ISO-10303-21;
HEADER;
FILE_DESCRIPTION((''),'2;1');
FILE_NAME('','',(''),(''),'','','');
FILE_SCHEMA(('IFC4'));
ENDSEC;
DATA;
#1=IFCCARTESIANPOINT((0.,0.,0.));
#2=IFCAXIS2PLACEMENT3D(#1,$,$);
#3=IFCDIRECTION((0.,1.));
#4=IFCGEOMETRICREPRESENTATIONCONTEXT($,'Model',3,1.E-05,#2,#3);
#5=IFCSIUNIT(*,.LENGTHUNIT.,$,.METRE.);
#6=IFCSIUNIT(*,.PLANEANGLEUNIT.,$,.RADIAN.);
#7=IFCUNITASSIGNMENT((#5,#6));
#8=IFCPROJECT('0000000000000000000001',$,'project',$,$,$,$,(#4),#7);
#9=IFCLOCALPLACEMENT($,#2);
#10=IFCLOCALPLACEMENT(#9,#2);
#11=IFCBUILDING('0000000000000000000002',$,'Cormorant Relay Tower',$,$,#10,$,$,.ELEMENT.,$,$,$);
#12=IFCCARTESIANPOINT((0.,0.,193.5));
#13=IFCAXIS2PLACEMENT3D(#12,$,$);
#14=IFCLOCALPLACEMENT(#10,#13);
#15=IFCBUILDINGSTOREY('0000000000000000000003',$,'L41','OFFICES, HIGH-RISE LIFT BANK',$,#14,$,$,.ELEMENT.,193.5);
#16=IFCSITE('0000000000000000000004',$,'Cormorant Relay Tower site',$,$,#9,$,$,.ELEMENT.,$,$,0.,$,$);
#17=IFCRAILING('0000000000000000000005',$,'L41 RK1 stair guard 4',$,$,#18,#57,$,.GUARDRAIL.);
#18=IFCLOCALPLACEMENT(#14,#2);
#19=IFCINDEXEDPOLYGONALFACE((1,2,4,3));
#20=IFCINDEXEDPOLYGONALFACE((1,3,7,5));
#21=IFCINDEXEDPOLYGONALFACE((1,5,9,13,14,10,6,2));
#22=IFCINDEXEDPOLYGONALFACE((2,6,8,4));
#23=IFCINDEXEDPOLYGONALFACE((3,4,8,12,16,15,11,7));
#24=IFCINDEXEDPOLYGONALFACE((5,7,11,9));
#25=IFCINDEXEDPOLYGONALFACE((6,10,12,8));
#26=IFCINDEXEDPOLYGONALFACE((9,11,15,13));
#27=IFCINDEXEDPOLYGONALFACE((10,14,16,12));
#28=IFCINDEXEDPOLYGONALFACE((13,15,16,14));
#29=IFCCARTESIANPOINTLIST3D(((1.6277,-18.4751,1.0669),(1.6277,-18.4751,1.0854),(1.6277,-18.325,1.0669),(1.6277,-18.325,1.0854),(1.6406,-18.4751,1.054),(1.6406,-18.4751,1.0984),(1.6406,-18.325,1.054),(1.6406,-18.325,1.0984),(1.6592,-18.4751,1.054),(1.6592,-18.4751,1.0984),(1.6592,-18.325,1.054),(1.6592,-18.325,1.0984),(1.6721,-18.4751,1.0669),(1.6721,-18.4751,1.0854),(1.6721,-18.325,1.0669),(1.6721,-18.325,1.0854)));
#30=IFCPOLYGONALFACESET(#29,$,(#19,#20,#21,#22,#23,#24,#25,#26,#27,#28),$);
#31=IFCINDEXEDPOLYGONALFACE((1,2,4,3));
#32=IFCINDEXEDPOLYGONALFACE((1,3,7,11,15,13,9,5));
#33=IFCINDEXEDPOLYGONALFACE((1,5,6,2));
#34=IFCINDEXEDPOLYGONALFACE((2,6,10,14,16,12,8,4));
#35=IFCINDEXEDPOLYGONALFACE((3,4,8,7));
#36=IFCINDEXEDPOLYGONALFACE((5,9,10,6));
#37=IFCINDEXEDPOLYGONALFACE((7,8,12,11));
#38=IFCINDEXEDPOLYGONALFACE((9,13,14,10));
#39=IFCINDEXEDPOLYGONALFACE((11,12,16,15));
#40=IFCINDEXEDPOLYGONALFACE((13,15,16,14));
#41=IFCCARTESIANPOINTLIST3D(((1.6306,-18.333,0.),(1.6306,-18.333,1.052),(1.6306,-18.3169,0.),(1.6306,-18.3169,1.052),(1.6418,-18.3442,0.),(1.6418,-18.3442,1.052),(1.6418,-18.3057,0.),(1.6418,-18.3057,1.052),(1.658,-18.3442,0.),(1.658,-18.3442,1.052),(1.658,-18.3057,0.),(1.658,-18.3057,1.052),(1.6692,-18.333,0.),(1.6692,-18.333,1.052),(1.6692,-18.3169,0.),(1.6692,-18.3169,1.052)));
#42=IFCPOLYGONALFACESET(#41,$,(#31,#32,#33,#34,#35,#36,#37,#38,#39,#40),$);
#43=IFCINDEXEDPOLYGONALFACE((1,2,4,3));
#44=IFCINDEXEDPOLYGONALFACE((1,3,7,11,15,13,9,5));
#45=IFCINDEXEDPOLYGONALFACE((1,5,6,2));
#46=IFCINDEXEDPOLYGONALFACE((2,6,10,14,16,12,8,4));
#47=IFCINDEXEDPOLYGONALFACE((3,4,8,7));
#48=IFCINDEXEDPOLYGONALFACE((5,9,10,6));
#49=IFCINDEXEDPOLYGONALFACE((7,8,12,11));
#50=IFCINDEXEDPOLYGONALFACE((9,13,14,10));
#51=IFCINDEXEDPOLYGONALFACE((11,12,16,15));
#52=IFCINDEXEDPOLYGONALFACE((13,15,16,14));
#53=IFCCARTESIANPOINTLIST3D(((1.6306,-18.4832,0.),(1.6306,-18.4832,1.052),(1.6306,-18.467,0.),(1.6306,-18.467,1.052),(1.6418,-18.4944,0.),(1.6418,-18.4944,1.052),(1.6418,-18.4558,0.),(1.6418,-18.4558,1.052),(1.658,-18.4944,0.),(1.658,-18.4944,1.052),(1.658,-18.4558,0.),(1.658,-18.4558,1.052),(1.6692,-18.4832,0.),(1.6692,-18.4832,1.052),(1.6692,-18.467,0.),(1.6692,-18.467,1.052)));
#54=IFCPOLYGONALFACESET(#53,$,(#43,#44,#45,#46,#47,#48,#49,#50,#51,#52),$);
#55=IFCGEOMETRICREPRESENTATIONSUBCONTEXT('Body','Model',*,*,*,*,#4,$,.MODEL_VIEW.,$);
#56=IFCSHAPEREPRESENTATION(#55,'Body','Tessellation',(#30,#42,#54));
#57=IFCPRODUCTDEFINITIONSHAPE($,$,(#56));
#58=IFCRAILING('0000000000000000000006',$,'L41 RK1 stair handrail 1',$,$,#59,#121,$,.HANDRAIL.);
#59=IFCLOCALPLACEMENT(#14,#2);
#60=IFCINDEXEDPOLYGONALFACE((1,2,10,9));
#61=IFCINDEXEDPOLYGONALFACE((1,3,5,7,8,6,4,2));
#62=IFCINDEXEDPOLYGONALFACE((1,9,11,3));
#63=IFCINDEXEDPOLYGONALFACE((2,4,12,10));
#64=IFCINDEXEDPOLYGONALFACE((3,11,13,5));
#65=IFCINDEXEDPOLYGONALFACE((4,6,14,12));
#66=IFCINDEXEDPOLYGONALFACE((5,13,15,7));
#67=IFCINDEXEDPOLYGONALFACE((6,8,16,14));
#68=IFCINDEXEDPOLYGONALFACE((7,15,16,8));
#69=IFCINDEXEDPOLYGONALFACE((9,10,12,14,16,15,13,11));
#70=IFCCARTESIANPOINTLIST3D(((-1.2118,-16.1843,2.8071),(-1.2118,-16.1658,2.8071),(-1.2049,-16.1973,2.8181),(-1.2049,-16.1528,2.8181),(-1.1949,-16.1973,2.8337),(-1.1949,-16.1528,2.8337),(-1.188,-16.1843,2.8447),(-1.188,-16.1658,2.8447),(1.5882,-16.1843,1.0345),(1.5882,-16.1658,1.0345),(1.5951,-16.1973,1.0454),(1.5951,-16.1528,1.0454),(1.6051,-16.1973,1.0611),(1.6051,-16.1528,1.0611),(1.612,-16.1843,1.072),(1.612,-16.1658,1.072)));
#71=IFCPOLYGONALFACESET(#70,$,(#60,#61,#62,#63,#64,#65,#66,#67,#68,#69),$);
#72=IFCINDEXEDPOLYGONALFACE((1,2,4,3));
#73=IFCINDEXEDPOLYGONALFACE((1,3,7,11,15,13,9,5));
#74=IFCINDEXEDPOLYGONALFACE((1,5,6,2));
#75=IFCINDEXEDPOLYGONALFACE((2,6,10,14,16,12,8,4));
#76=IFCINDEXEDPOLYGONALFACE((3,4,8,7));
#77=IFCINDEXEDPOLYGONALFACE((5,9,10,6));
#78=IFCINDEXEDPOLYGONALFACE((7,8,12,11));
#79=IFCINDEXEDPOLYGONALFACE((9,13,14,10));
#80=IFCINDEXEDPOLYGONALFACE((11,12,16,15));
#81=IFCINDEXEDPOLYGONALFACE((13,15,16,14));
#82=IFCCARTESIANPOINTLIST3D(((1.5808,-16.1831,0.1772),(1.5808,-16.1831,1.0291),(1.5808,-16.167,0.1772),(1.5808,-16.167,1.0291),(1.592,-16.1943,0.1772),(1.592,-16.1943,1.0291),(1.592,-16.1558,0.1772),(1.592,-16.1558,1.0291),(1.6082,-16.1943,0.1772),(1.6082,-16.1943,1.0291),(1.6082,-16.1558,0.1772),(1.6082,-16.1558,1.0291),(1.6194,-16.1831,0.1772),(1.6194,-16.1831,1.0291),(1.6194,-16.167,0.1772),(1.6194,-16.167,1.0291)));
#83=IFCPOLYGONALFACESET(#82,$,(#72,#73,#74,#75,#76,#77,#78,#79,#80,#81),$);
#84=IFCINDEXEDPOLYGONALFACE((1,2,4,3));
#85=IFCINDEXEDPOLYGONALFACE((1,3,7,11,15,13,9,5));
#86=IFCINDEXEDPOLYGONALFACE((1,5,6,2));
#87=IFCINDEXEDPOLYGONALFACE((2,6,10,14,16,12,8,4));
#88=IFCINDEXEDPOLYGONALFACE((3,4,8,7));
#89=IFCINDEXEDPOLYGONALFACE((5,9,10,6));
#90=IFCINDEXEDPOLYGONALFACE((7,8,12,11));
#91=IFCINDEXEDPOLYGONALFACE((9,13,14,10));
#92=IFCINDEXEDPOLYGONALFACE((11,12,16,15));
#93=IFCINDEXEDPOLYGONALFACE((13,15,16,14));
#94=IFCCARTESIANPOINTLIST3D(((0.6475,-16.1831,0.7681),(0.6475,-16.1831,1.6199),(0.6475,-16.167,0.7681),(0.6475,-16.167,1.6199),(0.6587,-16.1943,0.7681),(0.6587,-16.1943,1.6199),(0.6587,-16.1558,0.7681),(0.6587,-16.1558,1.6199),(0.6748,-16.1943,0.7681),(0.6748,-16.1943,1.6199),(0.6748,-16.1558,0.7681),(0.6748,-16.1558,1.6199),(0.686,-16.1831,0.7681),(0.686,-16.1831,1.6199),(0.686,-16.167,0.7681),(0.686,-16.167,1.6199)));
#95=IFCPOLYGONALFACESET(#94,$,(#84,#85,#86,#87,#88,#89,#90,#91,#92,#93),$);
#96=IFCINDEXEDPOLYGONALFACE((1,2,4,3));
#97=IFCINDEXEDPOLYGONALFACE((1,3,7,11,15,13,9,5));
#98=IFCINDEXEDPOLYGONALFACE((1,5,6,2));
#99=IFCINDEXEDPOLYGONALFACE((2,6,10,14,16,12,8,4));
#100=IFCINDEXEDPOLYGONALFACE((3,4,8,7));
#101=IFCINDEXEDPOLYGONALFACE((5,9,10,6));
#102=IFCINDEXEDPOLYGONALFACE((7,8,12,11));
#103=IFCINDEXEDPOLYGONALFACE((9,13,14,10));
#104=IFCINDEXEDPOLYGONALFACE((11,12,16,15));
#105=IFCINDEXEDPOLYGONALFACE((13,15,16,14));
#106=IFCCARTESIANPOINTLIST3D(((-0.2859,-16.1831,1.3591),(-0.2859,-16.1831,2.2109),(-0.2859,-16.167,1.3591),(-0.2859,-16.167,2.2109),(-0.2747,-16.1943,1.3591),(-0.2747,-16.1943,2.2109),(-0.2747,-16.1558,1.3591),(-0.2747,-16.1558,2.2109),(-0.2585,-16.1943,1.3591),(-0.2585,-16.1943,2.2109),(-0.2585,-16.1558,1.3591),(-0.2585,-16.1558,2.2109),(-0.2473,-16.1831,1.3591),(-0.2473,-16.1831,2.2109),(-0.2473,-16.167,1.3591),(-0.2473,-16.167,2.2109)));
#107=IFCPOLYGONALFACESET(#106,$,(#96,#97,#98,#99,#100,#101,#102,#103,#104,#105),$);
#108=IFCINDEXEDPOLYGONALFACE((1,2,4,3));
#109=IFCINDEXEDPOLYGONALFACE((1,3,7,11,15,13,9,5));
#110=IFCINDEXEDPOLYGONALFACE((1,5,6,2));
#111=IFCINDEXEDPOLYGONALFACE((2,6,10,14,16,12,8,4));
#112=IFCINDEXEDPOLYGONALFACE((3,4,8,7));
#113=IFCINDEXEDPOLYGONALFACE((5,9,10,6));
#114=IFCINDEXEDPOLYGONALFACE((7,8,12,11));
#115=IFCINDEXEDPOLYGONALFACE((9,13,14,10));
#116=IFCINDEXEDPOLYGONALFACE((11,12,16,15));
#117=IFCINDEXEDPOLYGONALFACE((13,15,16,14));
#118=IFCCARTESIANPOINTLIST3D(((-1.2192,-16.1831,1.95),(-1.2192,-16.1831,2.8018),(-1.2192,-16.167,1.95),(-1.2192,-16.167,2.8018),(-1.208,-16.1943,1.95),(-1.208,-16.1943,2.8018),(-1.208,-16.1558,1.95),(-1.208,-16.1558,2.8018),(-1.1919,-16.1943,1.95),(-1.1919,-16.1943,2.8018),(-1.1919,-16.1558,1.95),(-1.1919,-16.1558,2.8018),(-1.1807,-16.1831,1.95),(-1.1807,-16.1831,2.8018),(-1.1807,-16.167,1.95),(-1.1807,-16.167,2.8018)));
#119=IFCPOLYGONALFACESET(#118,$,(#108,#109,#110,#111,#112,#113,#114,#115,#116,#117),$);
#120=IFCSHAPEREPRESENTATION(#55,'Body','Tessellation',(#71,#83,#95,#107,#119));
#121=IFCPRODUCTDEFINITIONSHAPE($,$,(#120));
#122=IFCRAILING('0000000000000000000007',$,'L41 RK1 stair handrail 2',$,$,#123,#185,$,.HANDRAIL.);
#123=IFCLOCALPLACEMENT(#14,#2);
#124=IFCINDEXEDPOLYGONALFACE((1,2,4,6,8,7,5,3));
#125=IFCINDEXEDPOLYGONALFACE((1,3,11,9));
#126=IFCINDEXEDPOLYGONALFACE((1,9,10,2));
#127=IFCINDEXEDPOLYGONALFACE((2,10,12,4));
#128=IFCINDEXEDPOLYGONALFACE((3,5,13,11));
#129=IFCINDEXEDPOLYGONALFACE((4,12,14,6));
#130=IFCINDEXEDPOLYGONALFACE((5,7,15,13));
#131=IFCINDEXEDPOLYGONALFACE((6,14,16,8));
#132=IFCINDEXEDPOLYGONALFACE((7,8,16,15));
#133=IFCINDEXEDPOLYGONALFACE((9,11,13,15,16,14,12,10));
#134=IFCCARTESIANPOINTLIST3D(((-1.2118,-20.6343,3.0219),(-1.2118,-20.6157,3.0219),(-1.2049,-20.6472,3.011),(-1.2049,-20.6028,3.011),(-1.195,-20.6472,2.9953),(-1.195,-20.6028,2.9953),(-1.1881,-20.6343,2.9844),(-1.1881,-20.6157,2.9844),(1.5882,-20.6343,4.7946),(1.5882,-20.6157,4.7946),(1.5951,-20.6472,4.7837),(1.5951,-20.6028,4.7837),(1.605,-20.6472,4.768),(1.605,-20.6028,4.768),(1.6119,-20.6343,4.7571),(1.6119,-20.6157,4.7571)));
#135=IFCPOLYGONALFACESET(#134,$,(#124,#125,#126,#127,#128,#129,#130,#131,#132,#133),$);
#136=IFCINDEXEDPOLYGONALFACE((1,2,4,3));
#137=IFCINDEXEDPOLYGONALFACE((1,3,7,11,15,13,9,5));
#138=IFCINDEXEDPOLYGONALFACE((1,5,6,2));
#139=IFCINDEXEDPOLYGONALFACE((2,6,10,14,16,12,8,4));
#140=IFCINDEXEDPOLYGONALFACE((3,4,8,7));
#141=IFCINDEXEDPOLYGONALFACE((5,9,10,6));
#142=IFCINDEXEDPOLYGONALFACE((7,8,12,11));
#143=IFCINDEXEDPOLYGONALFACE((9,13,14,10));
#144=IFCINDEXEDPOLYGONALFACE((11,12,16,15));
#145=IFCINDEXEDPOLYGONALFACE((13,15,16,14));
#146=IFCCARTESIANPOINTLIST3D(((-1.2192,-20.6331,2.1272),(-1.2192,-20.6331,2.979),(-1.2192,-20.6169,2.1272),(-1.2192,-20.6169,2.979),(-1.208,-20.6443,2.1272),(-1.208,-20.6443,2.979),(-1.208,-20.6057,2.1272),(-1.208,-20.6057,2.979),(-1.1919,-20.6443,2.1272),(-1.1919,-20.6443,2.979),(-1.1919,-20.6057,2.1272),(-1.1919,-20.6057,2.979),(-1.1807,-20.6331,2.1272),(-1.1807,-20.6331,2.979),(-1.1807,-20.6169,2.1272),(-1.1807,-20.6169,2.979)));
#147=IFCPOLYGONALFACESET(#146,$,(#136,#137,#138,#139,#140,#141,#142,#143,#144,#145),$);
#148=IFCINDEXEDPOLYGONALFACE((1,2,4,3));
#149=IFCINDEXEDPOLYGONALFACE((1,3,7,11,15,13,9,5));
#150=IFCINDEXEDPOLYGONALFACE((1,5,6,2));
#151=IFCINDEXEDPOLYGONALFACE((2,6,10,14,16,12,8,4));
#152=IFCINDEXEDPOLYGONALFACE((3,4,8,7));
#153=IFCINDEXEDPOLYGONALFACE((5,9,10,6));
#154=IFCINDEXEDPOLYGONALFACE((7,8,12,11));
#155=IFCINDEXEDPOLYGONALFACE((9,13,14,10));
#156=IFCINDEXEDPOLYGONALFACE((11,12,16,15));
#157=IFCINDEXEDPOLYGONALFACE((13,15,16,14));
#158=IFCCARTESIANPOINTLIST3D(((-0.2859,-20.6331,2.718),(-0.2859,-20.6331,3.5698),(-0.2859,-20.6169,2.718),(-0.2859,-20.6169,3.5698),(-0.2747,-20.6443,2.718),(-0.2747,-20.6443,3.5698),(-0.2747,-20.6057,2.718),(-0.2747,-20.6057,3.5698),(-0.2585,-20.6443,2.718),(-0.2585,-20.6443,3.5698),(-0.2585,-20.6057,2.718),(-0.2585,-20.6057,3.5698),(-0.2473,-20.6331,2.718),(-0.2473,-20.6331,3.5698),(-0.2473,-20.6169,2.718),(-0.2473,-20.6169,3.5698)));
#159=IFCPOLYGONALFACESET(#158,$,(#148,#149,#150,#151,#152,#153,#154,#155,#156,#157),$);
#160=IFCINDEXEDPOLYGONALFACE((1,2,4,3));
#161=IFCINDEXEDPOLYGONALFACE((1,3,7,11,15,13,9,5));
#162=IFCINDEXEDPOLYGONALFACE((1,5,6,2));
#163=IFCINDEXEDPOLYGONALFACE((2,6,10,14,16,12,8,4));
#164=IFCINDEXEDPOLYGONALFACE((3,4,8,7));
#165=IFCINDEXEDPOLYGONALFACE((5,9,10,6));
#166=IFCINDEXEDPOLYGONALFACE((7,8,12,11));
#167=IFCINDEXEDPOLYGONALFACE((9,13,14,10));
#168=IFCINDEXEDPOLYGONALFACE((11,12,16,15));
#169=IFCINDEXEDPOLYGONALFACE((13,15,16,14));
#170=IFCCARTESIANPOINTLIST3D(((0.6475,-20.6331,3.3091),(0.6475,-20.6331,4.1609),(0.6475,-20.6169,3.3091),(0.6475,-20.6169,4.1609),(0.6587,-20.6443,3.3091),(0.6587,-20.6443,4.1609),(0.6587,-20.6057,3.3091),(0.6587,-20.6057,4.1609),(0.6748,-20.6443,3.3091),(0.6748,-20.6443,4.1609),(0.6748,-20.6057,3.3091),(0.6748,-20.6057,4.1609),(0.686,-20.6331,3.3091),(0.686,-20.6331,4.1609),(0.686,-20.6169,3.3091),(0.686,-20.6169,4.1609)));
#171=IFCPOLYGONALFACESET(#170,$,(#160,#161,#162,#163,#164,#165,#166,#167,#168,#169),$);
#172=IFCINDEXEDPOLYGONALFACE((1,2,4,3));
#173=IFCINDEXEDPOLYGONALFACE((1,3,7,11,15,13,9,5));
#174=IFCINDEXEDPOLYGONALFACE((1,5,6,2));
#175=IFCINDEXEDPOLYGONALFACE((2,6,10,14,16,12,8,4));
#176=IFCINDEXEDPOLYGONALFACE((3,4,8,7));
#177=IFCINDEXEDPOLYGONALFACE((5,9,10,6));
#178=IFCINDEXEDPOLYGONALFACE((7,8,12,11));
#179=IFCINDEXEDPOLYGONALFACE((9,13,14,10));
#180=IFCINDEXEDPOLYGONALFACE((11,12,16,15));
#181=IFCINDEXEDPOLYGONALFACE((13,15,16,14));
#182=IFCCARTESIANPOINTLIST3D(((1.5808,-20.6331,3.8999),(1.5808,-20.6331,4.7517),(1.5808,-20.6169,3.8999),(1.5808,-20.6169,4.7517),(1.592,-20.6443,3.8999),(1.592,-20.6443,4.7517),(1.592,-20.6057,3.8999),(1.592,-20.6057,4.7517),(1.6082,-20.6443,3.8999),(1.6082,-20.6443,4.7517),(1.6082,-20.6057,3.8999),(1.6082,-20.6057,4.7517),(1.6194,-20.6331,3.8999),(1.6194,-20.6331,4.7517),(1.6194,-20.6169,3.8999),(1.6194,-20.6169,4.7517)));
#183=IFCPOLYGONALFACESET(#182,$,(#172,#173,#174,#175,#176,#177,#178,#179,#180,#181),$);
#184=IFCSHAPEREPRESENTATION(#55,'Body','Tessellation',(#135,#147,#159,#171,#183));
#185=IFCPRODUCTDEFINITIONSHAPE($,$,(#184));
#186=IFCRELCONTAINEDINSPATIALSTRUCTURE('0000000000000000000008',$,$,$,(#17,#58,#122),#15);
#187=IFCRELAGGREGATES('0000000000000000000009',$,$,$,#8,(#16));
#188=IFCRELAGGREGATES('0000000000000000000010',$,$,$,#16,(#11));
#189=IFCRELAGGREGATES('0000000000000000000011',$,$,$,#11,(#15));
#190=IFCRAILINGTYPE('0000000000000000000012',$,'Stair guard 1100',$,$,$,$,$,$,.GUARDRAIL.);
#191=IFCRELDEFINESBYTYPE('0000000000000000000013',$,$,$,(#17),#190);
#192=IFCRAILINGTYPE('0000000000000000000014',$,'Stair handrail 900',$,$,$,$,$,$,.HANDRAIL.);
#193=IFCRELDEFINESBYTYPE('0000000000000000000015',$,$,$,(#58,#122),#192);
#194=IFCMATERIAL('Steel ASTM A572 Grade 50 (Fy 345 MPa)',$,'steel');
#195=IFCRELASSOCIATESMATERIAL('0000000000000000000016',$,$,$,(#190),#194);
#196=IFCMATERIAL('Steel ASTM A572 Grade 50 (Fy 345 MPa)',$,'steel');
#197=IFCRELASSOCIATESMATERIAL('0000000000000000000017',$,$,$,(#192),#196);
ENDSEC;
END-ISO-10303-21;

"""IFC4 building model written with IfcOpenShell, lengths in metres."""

from ifc_helpers import new_model, si_unit, direction, frame, origin, place, context, subcontext, project, spatial, polyline, outline, extrude, material, type_object, element, save


model = new_model("IFC4")

# Units and contexts
model_context = context("Model", 3, precision=1e-05, world=origin(), true_north=direction((0.0, 1.0)))
body_context = subcontext(model_context, "Body", "Model", "MODEL_VIEW")
ifc_project = project(units=[si_unit("LENGTHUNIT", "METRE"), si_unit("PLANEANGLEUNIT", "RADIAN")], contexts=[model_context])

# Site, building, storey
site_placement = place(None, origin())
site = spatial("IfcSite", under=ifc_project, at=site_placement, Name="Cormorant Relay Tower site", CompositionType="ELEMENT", RefElevation=0.0)
building_placement = place(site_placement, origin())
building = spatial("IfcBuilding", under=site, at=building_placement, Name="Cormorant Relay Tower", CompositionType="ELEMENT")
storey_placement = place(building_placement, frame((0.0, 0.0, 193.5)))
storey = spatial("IfcBuildingStorey", under=building, at=storey_placement, Name="L41", Description="OFFICES, HIGH-RISE LIFT BANK", CompositionType="ELEMENT", Elevation=193.5)

# Railings
ifc_material_1 = material(Name="Steel ASTM A572 Grade 50 (Fy 345 MPa)", Category="steel")
railing_type_1 = type_object("IfcRailingType", Name="Stair guard 1100", PredefinedType="GUARDRAIL", material=ifc_material_1)
railing_1_placement = place(storey_placement, frame((1.6499, -18.325, 0.0)))
element("IfcRailing", 1, at=railing_1_placement, inside=storey, type_object=railing_type_1, Name="L41 RK1 stair guard 4", PredefinedType="GUARDRAIL", context=body_context, shape_type="SweptSolid", body=[
    extrude(outline(polyline([(0.0222, 0.0093), (0.0093, 0.0222), (-0.0093, 0.0222), (-0.0222, 0.0093), (-0.0222, -0.0093), (-0.0093, -0.0222), (0.0093, -0.0222), (0.0222, -0.0093), (0.0222, 0.0093)])), frame((0.0, 0.0, 1.0762), z_axis=(0.0, -1.0, 0.0), x_axis=(1.0, 0.0, 0.0)), (0.0, 0.0, 1.0), 0.1501),
    extrude(outline(polyline([(0.0193, 0.0081), (0.0081, 0.0193), (-0.0081, 0.0193), (-0.0193, 0.0081), (-0.0193, -0.0081), (-0.0081, -0.0193), (0.0081, -0.0193), (0.0193, -0.0081), (0.0193, 0.0081)])), origin(), (0.0, 0.0, 1.0), 1.052),
    extrude(outline(polyline([(0.0193, 0.0081), (0.0081, 0.0193), (-0.0081, 0.0193), (-0.0193, 0.0081), (-0.0193, -0.0081), (-0.0081, -0.0193), (0.0081, -0.0193), (0.0193, -0.0081), (0.0193, 0.0081)])), frame((0.0, -0.1501, 0.0)), (0.0, 0.0, 1.0), 1.052),
])
ifc_material_2 = material(Name="Steel ASTM A572 Grade 50 (Fy 345 MPa)", Category="steel")
railing_type_2 = type_object("IfcRailingType", Name="Stair handrail 900", PredefinedType="HANDRAIL", material=ifc_material_2)
railing_2_placement = place(storey_placement, frame((1.6001, -16.175, 0.1772)))
element("IfcRailing", 2, at=railing_2_placement, inside=storey, type_object=railing_type_2, Name="L41 RK1 stair handrail 1", PredefinedType="HANDRAIL", context=body_context, shape_type="SweptSolid", body=[
    extrude(outline(polyline([(0.0222, 0.0093), (0.0093, 0.0222), (-0.0093, 0.0222), (-0.0222, 0.0093), (-0.0222, -0.0093), (-0.0093, -0.0222), (0.0093, -0.0222), (0.0222, -0.0093), (0.0222, 0.0093)])), frame((0.0, 0.0, 0.876), z_axis=(-0.844909, 0.0, 0.53491), x_axis=(0.0, -1.0, 0.0)), (0.0, 0.0, 1.0), 3.314),
    extrude(outline(polyline([(0.0193, 0.0081), (0.0081, 0.0193), (-0.0081, 0.0193), (-0.0193, 0.0081), (-0.0193, -0.0081), (-0.0081, -0.0193), (0.0081, -0.0193), (0.0193, -0.0081), (0.0193, 0.0081)])), origin(), (0.0, 0.0, 1.0), 0.8518),
    extrude(outline(polyline([(0.0193, 0.0081), (0.0081, 0.0193), (-0.0081, 0.0193), (-0.0193, 0.0081), (-0.0193, -0.0081), (-0.0081, -0.0193), (0.0081, -0.0193), (0.0193, -0.0081), (0.0193, 0.0081)])), frame((-0.9333, 0.0, 0.5908)), (0.0, 0.0, 1.0), 0.8518),
    extrude(outline(polyline([(0.0193, 0.0081), (0.0081, 0.0193), (-0.0081, 0.0193), (-0.0193, 0.0081), (-0.0193, -0.0081), (-0.0081, -0.0193), (0.0081, -0.0193), (0.0193, -0.0081), (0.0193, 0.0081)])), frame((-1.8667, 0.0, 1.1819)), (0.0, 0.0, 1.0), 0.8518),
    extrude(outline(polyline([(0.0193, 0.0081), (0.0081, 0.0193), (-0.0081, 0.0193), (-0.0193, 0.0081), (-0.0193, -0.0081), (-0.0081, -0.0193), (0.0081, -0.0193), (0.0193, -0.0081), (0.0193, 0.0081)])), frame((-2.8, 0.0, 1.7727)), (0.0, 0.0, 1.0), 0.8518),
])
railing_3_placement = place(storey_placement, frame((-1.2, -20.625, 2.1272)))
element("IfcRailing", 3, at=railing_3_placement, inside=storey, type_object=railing_type_2, Name="L41 RK1 stair handrail 2", PredefinedType="HANDRAIL", context=body_context, shape_type="SweptSolid", body=[
    extrude(outline(polyline([(0.0222, 0.0093), (0.0093, 0.0222), (-0.0093, 0.0222), (-0.0222, 0.0093), (-0.0222, -0.0093), (-0.0093, -0.0222), (0.0093, -0.0222), (0.0222, -0.0093), (0.0222, 0.0093)])), frame((0.0, 0.0, 0.876), z_axis=(0.844909, 0.0, 0.53491), x_axis=(0.0, 1.0, 0.0)), (0.0, 0.0, 1.0), 3.314),
    extrude(outline(polyline([(0.0193, 0.0081), (0.0081, 0.0193), (-0.0081, 0.0193), (-0.0193, 0.0081), (-0.0193, -0.0081), (-0.0081, -0.0193), (0.0081, -0.0193), (0.0193, -0.0081), (0.0193, 0.0081)])), origin(), (0.0, 0.0, 1.0), 0.8518),
    extrude(outline(polyline([(0.0193, 0.0081), (0.0081, 0.0193), (-0.0081, 0.0193), (-0.0193, 0.0081), (-0.0193, -0.0081), (-0.0081, -0.0193), (0.0081, -0.0193), (0.0193, -0.0081), (0.0193, 0.0081)])), frame((0.9333, 0.0, 0.5908)), (0.0, 0.0, 1.0), 0.8518),
    extrude(outline(polyline([(0.0193, 0.0081), (0.0081, 0.0193), (-0.0081, 0.0193), (-0.0193, 0.0081), (-0.0193, -0.0081), (-0.0081, -0.0193), (0.0081, -0.0193), (0.0193, -0.0081), (0.0193, 0.0081)])), frame((1.8667, 0.0, 1.1819)), (0.0, 0.0, 1.0), 0.8518),
    extrude(outline(polyline([(0.0193, 0.0081), (0.0081, 0.0193), (-0.0081, 0.0193), (-0.0193, 0.0081), (-0.0193, -0.0081), (-0.0081, -0.0193), (0.0081, -0.0193), (0.0193, -0.0081), (0.0193, 0.0081)])), frame((2.8, 0.0, 1.7727)), (0.0, 0.0, 1.0), 0.8518),
])

save(model, "model.ifc")
